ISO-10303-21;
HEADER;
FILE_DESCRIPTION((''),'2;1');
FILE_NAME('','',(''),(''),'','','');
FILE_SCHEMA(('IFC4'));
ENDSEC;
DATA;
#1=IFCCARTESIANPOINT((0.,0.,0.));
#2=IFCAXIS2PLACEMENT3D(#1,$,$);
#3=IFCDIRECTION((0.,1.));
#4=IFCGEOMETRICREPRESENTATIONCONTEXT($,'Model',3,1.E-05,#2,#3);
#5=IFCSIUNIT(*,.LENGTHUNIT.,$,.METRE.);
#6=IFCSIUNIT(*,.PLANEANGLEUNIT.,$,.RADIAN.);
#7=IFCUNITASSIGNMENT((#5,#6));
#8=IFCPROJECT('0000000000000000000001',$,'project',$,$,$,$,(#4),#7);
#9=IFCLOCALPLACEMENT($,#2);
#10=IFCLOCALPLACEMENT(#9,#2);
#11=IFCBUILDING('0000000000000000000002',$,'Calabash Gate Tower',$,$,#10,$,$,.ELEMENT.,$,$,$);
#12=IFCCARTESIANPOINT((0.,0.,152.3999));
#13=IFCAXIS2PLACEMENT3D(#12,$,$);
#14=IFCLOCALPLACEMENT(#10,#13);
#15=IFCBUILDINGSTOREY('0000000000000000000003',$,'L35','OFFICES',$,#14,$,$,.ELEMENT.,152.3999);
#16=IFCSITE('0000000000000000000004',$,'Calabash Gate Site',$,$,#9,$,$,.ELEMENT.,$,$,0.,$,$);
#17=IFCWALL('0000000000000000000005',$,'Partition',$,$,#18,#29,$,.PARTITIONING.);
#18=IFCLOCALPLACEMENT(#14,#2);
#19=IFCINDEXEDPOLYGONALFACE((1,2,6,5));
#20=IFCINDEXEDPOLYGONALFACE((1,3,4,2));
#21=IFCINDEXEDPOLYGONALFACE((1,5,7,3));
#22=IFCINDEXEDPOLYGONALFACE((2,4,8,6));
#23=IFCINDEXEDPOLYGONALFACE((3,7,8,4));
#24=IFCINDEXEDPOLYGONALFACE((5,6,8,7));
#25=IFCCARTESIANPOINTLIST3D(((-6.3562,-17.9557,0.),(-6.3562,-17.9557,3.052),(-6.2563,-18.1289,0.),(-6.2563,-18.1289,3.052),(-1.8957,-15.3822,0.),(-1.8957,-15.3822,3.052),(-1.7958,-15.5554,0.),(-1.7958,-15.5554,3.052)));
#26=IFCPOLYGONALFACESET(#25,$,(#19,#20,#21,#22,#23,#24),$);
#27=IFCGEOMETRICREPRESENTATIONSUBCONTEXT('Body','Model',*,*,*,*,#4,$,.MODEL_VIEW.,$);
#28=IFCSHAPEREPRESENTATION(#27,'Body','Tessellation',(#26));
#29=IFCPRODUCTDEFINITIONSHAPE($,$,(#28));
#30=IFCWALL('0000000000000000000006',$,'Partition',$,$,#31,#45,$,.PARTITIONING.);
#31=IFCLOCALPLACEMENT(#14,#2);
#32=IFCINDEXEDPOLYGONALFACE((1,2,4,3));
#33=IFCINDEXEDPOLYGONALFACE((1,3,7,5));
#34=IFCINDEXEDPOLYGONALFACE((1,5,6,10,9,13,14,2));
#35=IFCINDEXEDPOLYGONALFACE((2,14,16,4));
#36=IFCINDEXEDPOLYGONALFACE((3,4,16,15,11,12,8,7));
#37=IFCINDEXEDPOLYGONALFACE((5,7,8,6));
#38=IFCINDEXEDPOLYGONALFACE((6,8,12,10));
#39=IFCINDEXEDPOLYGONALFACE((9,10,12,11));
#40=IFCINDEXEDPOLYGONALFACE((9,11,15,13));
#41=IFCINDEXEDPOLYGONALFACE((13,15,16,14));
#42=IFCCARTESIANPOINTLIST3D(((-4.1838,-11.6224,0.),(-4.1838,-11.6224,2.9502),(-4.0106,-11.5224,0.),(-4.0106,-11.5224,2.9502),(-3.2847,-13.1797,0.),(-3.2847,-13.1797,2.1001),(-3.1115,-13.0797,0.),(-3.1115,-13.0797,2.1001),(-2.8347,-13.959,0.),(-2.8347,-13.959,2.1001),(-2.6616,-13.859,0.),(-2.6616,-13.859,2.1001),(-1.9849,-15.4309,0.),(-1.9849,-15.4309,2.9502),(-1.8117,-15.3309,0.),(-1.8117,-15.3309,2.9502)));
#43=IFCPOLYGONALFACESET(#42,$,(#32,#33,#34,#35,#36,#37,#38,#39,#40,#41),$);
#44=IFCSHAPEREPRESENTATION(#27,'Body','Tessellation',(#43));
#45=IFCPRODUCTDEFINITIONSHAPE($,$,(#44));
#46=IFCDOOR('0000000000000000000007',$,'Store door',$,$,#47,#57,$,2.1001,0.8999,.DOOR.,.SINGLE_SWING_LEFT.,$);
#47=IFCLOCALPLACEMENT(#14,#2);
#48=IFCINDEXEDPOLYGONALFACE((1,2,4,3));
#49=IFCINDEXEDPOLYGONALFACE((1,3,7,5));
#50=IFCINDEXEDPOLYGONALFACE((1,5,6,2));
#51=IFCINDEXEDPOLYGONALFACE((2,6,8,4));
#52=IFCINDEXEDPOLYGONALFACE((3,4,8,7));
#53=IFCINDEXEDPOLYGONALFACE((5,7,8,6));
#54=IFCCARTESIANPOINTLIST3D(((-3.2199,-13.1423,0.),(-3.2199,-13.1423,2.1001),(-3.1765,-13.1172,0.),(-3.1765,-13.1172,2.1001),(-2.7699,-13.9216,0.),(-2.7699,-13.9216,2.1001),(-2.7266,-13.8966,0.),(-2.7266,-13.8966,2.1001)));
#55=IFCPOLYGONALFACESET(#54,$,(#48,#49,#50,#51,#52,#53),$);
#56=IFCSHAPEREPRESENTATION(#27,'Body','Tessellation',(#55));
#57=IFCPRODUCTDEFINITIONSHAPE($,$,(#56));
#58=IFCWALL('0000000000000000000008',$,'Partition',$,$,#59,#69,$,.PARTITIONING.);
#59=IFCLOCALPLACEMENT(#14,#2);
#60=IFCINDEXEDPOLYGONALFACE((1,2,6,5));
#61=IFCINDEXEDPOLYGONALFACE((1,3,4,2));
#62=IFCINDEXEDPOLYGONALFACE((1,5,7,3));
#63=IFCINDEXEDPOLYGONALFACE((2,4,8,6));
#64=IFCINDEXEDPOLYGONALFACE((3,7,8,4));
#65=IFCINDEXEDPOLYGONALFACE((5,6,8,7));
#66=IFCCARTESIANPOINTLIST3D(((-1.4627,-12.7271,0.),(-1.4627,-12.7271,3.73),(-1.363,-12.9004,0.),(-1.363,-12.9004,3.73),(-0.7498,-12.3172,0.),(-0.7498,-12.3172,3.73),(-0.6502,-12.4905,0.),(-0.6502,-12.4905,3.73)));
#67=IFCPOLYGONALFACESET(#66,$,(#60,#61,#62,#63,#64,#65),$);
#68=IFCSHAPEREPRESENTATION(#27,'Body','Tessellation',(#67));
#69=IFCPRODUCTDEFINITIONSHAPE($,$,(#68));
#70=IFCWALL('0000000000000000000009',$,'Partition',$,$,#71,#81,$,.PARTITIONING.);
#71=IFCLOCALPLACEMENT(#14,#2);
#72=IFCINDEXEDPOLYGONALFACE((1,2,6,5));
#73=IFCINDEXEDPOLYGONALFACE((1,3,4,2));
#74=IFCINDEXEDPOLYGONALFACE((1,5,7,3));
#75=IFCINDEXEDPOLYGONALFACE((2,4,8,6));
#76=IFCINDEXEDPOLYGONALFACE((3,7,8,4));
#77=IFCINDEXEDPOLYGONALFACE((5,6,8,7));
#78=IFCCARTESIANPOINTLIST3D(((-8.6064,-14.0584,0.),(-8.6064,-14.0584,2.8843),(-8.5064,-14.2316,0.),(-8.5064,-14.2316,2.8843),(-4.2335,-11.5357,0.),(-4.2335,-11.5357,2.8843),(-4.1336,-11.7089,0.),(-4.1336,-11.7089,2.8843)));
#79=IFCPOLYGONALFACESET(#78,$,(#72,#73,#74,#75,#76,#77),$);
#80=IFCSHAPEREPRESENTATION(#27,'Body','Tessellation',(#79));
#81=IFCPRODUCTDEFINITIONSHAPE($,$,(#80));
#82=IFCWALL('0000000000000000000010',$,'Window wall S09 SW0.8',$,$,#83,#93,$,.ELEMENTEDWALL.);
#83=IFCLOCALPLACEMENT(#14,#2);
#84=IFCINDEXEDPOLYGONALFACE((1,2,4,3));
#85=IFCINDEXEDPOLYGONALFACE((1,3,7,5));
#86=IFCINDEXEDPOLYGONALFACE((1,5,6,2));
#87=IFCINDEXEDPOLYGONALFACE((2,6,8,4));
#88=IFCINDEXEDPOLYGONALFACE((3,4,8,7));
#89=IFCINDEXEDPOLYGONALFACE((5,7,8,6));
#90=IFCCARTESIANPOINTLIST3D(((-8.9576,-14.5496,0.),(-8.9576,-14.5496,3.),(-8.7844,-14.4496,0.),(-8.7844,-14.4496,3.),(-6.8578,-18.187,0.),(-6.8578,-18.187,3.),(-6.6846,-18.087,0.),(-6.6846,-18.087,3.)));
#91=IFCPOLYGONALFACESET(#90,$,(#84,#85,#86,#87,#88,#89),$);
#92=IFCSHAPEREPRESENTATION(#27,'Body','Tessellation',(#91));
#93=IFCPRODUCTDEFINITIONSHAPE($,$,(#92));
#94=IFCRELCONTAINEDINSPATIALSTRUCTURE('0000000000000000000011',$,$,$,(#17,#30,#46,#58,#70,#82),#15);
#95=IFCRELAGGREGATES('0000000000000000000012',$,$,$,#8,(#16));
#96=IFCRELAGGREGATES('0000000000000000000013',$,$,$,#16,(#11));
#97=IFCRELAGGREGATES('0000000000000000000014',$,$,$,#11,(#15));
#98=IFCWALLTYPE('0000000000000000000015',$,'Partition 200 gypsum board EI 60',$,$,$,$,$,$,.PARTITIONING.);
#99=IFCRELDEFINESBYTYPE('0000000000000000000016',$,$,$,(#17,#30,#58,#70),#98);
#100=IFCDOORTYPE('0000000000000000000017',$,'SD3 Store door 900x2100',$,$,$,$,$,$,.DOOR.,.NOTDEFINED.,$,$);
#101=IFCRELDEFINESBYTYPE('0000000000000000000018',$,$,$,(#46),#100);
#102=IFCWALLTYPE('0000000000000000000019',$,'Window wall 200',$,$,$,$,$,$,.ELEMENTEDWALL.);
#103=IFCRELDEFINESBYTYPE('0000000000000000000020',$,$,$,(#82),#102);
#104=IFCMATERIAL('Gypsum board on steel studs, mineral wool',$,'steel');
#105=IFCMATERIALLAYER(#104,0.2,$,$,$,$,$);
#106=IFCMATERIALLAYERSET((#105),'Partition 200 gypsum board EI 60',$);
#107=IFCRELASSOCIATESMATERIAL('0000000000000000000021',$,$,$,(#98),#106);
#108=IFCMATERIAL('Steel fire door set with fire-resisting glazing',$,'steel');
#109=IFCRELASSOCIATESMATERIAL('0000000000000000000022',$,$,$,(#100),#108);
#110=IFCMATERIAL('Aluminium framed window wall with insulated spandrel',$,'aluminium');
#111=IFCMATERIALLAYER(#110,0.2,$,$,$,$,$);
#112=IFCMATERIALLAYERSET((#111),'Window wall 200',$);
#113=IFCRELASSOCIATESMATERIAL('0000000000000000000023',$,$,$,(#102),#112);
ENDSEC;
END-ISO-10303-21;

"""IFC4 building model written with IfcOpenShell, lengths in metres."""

from ifc_helpers import new_model, si_unit, direction, frame, frame_2d, origin, place, context, subcontext, project, spatial, rectangle, extrude, material, layer, layer_set, type_object, element, fill, save


model = new_model("IFC4")

# Units and contexts
model_context = context("Model", 3, precision=1e-05, world=origin(), true_north=direction((0.0, 1.0)))
body_context = subcontext(model_context, "Body", "Model", "MODEL_VIEW")
ifc_project = project(units=[si_unit("LENGTHUNIT", "METRE"), si_unit("PLANEANGLEUNIT", "RADIAN")], contexts=[model_context])

# Site, building, storey
site_placement = place(None, origin())
site = spatial("IfcSite", under=ifc_project, at=site_placement, Name="Calabash Gate Site", CompositionType="ELEMENT", RefElevation=0.0)
building_placement = place(site_placement, origin())
building = spatial("IfcBuilding", under=site, at=building_placement, Name="Calabash Gate Tower", CompositionType="ELEMENT")
storey_placement = place(building_placement, frame((0.0, 0.0, 152.3999)))
storey = spatial("IfcBuildingStorey", under=building, at=storey_placement, Name="L35", Description="OFFICES", CompositionType="ELEMENT", Elevation=152.3999)

# Shared definitions
ifc_material_1 = material(Name="Gypsum board on steel studs, mineral wool", Category="steel")
ifc_layer_1 = layer(ifc_material_1, 0.2)
ifc_layer_set_1 = layer_set([ifc_layer_1], Name="Partition 200 gypsum board EI 60")
wall_type_1 = type_object("IfcWallType", Name="Partition 200 gypsum board EI 60", PredefinedType="PARTITIONING", material=ifc_layer_set_1)

# Wall
wall_1_placement = place(storey_placement, frame((-6.3062, -18.0422, 0.0), z_axis=(0.0, 0.0, 1.0), x_axis=(0.866173, 0.499744, 0.0)))
element("IfcWall", 1, at=wall_1_placement, inside=storey, type_object=wall_type_1, Name="Partition", PredefinedType="PARTITIONING", context=body_context, shape_type="SweptSolid", body=[
    extrude(rectangle(XDim=5.1497, YDim=0.2, at=frame_2d((2.5747, 0.0))), origin(), (0.0, 0.0, 1.0), 3.052),
])

# Wall, opening, door
wall_2_placement = place(storey_placement, frame((-4.0972, -11.5725, 0.0), z_axis=(0.0, 0.0, 1.0), x_axis=(0.500014, -0.866017, 0.0)))
wall_2 = element("IfcWall", 2, at=wall_2_placement, inside=storey, type_object=wall_type_1, Name="Partition", PredefinedType="PARTITIONING", context=body_context, shape_type="SweptSolid", body=[
    extrude(rectangle(XDim=4.3977, YDim=0.2, at=frame_2d((2.1987, 0.0))), origin(), (0.0, 0.0, 1.0), 2.9502),
])
opening_1_placement = place(wall_2_placement, frame((1.7981, 0.0, 0.0)))
opening_1 = element("IfcOpeningElement", 3, at=opening_1_placement, cuts=wall_2, PredefinedType="OPENING", context=body_context, shape_type="SweptSolid", body=[
    extrude(rectangle(XDim=0.8999, YDim=2.1001, at=frame_2d((0.45, 1.05))), frame((0.0, 0.1099, 0.0), z_axis=(0.0, -1.0, 0.0), x_axis=(1.0, 0.0, 0.0)), (0.0, 0.0, 1.0), 0.22),
])
ifc_material_2 = material(Name="Steel fire door set with fire-resisting glazing", Category="steel")
door_type_1 = type_object("IfcDoorType", Name="SD3 Store door 900x2100", OperationType="NOTDEFINED", PredefinedType="DOOR", material=ifc_material_2)
door_1_placement = place(opening_1_placement, origin())
door_1 = element("IfcDoor", 4, at=door_1_placement, inside=storey, type_object=door_type_1, Name="Store door", OperationType="SINGLE_SWING_LEFT", OverallHeight=2.1001, OverallWidth=0.8999, PredefinedType="DOOR", context=body_context, shape_type="SweptSolid", body=[
    extrude(rectangle(XDim=0.8999, YDim=2.1001, at=frame_2d((0.45, 1.05))), frame((0.0, 0.0249, 0.0), z_axis=(0.0, -1.0, 0.0), x_axis=(1.0, 0.0, 0.0)), (0.0, 0.0, 1.0), 0.05),
])
fill(opening_1, door_1)

# Walls
wall_3_placement = place(storey_placement, frame((-1.4128, -12.8137, 0.0), z_axis=(0.0, 0.0, 1.0), x_axis=(0.866906, 0.498471, 0.0)))
element("IfcWall", 5, at=wall_3_placement, inside=storey, type_object=wall_type_1, Name="Partition", PredefinedType="PARTITIONING", context=body_context, shape_type="SweptSolid", body=[
    extrude(rectangle(XDim=0.8223, YDim=0.2, at=frame_2d((0.4111, 0.0))), origin(), (0.0, 0.0, 1.0), 3.73),
])
wall_4_placement = place(storey_placement, frame((-8.5564, -14.145, 0.0), z_axis=(0.0, 0.0, 1.0), x_axis=(0.866191, 0.499713, 0.0)))
element("IfcWall", 6, at=wall_4_placement, inside=storey, type_object=wall_type_1, Name="Partition", PredefinedType="PARTITIONING", context=body_context, shape_type="SweptSolid", body=[
    extrude(rectangle(XDim=5.0483, YDim=0.2, at=frame_2d((2.5242, 0.0))), origin(), (0.0, 0.0, 1.0), 2.8843),
])
ifc_material_3 = material(Name="Aluminium framed window wall with insulated spandrel", Category="aluminium")
ifc_layer_2 = layer(ifc_material_3, 0.2)
ifc_layer_set_2 = layer_set([ifc_layer_2], Name="Window wall 200")
wall_type_2 = type_object("IfcWallType", Name="Window wall 200", PredefinedType="ELEMENTEDWALL", material=ifc_layer_set_2)
wall_5_placement = place(storey_placement, frame((-8.8711, -14.4995, 0.0), z_axis=(0.0, 0.0, 1.0), x_axis=(0.499959, -0.866049, 0.0)))
element("IfcWall", 7, at=wall_5_placement, inside=storey, type_object=wall_type_2, Name="Window wall S09 SW0.8", PredefinedType="ELEMENTEDWALL", context=body_context, shape_type="SweptSolid", body=[
    extrude(rectangle(XDim=4.2, YDim=0.2, at=frame_2d((2.1001, 0.0))), origin(), (0.0, 0.0, 1.0), 3.0),
])

save(model, "model.ifc")
